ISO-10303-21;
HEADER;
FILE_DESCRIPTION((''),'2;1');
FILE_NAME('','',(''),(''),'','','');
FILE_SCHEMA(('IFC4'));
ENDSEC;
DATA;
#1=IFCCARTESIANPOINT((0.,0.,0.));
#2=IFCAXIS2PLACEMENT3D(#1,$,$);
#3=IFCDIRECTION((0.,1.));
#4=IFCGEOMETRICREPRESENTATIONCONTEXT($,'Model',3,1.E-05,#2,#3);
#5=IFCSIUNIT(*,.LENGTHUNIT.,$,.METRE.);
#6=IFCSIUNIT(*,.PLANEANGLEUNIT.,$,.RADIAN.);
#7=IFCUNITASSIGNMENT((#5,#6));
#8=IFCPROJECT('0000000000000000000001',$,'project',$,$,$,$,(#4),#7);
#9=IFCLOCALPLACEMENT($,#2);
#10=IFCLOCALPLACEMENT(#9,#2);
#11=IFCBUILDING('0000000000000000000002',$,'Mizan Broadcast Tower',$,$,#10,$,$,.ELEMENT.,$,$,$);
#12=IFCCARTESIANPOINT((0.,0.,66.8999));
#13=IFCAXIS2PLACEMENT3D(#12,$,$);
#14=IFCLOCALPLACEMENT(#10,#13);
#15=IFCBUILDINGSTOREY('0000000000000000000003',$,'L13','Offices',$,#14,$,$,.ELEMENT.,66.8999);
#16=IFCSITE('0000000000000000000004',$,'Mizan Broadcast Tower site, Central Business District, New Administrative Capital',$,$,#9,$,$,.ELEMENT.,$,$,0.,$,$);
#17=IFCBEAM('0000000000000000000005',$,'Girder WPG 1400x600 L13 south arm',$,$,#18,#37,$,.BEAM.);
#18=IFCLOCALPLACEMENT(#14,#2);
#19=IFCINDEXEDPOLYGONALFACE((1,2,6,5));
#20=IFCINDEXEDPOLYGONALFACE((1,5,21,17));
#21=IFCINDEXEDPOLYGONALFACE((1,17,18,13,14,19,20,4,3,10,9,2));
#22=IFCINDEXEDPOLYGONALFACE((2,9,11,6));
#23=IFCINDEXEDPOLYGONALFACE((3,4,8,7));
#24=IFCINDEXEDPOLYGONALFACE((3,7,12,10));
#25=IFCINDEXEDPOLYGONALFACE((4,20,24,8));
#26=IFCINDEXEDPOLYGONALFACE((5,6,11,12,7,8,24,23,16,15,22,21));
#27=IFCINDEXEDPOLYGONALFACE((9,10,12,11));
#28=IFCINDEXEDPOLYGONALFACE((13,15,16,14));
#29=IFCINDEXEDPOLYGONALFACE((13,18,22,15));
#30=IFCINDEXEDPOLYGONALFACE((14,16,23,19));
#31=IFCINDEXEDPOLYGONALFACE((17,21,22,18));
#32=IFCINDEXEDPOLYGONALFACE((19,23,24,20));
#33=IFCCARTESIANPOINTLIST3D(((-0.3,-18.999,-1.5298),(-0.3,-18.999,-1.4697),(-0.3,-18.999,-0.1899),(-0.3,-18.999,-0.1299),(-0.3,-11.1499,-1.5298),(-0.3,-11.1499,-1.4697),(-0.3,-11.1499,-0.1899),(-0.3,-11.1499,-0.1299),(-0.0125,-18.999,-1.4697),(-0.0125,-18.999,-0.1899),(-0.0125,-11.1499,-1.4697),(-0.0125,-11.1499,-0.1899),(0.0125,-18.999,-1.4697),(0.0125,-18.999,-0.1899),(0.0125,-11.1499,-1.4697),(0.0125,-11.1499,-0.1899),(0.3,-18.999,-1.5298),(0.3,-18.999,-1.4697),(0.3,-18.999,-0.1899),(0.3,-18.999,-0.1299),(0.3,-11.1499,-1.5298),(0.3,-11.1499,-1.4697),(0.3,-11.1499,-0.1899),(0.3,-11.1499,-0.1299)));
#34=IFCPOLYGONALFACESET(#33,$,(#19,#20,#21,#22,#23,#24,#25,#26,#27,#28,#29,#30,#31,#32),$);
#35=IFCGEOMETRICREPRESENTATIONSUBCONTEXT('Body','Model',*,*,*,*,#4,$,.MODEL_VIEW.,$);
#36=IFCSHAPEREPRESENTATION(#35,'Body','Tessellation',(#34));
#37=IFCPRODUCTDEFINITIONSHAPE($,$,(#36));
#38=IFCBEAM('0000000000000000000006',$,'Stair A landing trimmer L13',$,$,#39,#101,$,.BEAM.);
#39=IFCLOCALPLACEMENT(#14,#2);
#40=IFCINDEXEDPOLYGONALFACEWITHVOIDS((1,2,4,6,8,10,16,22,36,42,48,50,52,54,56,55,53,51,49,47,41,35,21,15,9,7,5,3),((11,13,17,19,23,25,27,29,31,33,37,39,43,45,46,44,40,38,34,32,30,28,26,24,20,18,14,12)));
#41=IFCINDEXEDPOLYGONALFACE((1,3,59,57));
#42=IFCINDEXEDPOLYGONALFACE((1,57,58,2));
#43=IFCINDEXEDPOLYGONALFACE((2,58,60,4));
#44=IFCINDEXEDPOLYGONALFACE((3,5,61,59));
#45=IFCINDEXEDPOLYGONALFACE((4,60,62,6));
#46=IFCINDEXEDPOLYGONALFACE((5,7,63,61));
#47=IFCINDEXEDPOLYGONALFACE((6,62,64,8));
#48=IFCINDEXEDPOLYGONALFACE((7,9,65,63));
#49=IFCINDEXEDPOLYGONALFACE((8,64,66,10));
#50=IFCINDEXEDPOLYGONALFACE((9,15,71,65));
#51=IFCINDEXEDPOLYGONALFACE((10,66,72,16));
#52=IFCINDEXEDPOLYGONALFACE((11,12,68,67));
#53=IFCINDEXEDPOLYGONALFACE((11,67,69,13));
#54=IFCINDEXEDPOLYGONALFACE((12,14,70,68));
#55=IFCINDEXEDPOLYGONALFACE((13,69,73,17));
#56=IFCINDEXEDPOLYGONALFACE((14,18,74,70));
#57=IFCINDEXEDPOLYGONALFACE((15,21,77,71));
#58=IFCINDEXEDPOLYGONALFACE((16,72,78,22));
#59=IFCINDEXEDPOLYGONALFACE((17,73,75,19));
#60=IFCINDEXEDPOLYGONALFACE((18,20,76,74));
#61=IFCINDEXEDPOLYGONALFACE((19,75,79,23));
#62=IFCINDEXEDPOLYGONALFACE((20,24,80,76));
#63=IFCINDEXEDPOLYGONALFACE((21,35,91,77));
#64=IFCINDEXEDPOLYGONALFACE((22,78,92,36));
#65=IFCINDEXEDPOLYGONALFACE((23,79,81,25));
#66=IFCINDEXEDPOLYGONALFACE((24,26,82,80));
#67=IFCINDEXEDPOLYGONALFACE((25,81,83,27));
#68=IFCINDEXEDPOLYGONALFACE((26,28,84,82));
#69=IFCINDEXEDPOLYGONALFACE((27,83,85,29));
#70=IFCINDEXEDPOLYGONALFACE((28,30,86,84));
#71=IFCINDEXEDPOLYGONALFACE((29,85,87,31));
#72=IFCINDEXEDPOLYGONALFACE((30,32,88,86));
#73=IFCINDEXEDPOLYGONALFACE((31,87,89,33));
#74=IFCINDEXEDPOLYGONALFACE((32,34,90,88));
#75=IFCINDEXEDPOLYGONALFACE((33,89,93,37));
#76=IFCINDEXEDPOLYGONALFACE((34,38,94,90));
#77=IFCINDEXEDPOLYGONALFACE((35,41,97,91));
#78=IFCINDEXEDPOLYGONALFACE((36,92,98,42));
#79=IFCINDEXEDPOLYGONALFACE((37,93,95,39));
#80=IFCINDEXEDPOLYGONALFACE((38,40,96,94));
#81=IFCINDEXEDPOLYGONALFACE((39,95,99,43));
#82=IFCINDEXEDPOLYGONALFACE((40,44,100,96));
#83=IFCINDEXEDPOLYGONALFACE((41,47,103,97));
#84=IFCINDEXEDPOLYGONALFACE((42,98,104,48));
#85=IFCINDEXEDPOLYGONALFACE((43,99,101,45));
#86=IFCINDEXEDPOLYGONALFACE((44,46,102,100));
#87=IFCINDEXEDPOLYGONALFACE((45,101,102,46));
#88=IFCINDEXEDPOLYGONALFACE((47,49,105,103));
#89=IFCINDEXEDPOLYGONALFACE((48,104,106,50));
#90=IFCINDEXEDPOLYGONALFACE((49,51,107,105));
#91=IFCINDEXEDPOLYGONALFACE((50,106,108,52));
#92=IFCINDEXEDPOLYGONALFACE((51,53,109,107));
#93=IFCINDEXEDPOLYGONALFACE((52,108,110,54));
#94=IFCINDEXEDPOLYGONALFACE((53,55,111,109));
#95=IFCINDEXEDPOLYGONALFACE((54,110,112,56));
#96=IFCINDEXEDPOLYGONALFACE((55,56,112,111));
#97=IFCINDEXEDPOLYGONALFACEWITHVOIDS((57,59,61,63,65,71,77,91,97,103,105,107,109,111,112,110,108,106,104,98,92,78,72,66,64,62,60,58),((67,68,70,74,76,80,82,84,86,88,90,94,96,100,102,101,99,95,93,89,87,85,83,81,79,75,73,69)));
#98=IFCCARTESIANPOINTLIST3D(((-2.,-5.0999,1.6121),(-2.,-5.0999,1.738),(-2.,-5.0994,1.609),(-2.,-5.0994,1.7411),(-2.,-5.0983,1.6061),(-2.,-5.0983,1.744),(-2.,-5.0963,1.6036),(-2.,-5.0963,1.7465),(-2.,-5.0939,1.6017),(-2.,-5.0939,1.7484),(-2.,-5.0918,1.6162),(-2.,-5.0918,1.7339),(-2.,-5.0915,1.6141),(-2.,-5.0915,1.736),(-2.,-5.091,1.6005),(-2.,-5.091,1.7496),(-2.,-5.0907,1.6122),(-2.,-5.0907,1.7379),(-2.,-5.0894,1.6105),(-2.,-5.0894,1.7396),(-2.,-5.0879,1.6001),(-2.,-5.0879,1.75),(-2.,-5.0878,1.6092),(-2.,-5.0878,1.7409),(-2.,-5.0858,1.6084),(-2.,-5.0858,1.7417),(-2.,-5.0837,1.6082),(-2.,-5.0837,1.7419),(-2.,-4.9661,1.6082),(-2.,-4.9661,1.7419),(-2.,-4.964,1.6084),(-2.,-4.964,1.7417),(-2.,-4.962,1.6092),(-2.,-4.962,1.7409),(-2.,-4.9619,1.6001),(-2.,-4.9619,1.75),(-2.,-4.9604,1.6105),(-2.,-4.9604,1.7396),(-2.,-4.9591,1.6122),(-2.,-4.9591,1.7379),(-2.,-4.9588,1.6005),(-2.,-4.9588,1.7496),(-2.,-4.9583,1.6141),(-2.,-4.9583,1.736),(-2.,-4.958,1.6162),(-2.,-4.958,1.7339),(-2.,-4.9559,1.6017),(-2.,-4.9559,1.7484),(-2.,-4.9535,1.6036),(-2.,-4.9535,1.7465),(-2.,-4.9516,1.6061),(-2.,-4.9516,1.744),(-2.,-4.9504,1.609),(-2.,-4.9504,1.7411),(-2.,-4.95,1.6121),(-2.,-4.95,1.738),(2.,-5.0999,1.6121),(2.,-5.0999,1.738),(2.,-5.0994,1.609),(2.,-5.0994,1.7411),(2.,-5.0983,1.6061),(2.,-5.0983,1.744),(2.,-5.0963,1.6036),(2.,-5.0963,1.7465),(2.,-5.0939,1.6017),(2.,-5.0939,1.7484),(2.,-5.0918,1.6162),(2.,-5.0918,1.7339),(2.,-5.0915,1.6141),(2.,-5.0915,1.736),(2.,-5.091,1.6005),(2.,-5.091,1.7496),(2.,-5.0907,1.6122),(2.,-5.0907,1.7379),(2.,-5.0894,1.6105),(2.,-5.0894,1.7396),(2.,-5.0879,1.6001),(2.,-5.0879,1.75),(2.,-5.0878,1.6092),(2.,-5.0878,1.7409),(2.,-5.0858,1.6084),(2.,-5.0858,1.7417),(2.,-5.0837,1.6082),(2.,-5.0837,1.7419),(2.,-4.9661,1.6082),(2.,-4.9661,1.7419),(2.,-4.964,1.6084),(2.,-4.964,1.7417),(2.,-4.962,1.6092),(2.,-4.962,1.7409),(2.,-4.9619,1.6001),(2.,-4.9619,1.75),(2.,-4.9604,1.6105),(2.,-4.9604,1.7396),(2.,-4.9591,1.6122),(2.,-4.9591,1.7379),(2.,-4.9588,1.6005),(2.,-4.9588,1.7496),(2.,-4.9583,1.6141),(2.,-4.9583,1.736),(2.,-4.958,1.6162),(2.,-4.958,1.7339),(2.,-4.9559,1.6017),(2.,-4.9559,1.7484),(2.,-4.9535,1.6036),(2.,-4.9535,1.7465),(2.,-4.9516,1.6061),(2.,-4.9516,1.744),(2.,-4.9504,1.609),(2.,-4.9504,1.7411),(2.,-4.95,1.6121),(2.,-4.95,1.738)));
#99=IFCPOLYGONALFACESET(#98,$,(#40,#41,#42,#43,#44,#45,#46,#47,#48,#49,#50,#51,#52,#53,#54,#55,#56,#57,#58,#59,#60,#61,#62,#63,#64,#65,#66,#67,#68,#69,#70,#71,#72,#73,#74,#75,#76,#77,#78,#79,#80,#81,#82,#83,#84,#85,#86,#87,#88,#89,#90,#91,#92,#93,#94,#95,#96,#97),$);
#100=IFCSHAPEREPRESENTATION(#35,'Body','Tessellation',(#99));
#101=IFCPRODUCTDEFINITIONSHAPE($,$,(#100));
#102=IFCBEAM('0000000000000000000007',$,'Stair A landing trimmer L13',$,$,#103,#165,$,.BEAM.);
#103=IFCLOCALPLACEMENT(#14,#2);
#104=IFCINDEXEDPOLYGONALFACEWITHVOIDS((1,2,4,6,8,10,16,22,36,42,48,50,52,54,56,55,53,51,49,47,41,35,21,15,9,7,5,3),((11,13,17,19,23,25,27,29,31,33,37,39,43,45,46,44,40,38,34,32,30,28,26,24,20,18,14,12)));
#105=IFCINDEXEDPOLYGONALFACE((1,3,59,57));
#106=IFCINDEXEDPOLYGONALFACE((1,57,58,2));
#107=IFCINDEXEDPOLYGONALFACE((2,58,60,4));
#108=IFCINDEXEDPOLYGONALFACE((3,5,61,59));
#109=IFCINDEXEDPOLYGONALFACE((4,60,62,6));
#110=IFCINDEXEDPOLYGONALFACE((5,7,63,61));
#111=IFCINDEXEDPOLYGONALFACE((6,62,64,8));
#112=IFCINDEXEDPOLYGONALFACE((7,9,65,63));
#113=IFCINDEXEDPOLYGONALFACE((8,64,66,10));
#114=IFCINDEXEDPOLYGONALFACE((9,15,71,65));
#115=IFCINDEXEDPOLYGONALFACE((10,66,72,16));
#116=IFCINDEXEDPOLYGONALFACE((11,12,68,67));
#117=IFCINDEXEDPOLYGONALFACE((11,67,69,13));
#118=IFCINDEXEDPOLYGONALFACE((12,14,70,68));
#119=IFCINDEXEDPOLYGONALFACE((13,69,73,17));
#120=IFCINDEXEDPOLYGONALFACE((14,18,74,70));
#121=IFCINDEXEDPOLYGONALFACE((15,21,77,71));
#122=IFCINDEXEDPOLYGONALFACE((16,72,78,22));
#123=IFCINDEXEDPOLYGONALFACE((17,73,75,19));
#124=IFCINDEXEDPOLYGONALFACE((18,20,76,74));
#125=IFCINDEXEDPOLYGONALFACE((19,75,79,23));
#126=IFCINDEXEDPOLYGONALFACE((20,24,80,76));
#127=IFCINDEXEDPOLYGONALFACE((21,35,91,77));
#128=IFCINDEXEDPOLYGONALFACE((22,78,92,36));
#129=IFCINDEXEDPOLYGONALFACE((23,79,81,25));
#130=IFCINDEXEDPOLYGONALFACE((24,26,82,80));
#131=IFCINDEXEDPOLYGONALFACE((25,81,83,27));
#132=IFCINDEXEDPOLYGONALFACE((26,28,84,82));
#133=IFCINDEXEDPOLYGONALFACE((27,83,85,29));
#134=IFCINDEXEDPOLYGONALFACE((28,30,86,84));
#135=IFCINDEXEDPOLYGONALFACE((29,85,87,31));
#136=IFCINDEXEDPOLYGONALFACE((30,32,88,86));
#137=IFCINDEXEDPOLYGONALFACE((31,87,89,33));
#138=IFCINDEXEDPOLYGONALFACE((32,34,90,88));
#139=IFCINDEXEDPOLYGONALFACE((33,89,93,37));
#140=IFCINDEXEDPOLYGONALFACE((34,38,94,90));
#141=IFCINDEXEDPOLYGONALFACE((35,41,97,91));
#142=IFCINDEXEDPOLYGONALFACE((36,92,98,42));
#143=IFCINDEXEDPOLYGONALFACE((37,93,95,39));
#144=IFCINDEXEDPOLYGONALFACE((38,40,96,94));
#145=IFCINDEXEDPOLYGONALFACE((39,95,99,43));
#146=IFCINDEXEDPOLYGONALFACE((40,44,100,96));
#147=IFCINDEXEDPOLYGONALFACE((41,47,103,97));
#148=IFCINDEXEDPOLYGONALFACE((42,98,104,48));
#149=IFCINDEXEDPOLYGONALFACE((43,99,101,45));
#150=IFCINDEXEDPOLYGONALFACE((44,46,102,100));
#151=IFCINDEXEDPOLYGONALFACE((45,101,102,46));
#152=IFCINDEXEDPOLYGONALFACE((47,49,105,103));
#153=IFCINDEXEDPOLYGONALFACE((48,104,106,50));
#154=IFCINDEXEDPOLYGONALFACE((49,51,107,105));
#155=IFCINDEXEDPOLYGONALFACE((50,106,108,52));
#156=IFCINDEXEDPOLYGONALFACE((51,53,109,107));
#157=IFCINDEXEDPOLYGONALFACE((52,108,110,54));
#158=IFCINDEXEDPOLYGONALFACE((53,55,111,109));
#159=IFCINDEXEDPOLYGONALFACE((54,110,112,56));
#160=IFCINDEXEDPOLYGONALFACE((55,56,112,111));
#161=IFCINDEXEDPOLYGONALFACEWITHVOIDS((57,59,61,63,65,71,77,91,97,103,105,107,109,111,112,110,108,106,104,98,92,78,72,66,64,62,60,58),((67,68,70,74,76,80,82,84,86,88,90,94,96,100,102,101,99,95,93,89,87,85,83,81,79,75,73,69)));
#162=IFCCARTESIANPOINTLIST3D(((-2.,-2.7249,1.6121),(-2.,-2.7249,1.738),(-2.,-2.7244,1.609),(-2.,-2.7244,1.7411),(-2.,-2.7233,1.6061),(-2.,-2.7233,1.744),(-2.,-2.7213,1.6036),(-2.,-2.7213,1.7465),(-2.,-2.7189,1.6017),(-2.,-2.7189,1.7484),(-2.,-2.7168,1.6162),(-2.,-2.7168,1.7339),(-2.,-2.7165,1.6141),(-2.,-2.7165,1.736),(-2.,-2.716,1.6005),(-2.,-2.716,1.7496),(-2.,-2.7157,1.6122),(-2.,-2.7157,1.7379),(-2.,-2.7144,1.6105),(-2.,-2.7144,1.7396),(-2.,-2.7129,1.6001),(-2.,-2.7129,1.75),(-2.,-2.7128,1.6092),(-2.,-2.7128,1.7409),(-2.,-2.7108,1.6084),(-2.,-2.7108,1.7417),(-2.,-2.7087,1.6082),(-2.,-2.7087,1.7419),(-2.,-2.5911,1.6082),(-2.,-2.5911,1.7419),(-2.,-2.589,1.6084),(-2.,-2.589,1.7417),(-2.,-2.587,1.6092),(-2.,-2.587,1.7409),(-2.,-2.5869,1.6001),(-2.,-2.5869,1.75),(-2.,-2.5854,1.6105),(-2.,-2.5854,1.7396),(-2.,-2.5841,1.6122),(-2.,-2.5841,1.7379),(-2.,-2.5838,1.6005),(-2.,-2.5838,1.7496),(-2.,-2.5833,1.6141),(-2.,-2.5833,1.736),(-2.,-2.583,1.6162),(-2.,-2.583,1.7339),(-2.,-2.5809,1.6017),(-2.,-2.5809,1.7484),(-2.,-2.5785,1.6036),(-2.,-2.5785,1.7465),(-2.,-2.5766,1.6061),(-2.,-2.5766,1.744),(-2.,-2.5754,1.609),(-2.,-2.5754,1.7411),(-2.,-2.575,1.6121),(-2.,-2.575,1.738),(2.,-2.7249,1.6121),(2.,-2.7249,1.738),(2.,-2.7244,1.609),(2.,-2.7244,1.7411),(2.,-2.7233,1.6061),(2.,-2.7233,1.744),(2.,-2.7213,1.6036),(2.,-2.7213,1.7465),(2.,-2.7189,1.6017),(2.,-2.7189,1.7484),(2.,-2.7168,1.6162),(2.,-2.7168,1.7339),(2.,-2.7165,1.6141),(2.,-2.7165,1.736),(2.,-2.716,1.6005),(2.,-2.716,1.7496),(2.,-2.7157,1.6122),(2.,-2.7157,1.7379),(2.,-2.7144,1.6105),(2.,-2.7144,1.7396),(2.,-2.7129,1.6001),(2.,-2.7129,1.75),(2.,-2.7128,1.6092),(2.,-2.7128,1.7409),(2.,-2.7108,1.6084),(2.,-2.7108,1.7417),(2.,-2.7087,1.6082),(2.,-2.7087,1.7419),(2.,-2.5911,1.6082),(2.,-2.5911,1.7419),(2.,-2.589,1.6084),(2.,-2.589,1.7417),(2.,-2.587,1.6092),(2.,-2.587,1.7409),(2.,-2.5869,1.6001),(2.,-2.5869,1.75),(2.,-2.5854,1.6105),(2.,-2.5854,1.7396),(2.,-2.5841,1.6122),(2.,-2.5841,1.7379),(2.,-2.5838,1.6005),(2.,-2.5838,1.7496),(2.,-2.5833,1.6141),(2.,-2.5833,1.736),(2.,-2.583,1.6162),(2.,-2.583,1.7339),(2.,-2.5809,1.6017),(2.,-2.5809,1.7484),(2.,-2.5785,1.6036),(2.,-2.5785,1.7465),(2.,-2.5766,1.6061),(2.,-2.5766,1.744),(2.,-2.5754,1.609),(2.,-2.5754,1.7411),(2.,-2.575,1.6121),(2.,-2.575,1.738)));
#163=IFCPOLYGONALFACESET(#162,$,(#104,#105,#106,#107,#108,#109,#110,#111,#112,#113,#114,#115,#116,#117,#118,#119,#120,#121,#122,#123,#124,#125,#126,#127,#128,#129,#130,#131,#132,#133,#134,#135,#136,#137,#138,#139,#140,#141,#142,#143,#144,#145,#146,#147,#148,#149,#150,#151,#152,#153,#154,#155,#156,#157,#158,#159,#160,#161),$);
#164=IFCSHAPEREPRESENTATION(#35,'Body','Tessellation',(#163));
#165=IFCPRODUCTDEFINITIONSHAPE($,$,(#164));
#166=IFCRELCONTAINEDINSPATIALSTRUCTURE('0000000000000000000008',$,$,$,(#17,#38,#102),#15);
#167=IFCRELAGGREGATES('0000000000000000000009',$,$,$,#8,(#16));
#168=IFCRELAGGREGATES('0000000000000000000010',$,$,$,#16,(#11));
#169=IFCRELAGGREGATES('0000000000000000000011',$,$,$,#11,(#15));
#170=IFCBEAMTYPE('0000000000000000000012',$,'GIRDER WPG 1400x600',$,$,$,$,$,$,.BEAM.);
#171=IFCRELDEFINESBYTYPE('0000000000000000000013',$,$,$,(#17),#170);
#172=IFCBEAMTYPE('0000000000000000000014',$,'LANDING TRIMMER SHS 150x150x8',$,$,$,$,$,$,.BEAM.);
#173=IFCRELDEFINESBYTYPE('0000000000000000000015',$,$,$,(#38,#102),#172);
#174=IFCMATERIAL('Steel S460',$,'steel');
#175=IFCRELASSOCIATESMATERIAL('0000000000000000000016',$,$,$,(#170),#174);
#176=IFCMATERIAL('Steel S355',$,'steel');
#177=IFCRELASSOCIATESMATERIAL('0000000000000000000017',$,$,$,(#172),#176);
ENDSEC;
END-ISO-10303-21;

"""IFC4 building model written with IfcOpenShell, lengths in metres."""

from ifc_helpers import new_model, si_unit, direction, frame, origin, origin_2d, place, context, subcontext, project, spatial, hollow_rectangle, i_section, extrude, material, material_profile, profile_set, type_object, element, save


model = new_model("IFC4")

# Units and contexts
model_context = context("Model", 3, precision=1e-05, world=origin(), true_north=direction((0.0, 1.0)))
body_context = subcontext(model_context, "Body", "Model", "MODEL_VIEW")
ifc_project = project(units=[si_unit("LENGTHUNIT", "METRE"), si_unit("PLANEANGLEUNIT", "RADIAN")], contexts=[model_context])

# Site, building, storey
site_placement = place(None, origin())
site = spatial("IfcSite", under=ifc_project, at=site_placement, Name="Mizan Broadcast Tower site, Central Business District, New Administrative Capital", CompositionType="ELEMENT", RefElevation=0.0)
building_placement = place(site_placement, origin())
building = spatial("IfcBuilding", under=site, at=building_placement, Name="Mizan Broadcast Tower", CompositionType="ELEMENT")
storey_placement = place(building_placement, frame((0.0, 0.0, 66.8999)))
storey = spatial("IfcBuildingStorey", under=building, at=storey_placement, Name="L13", Description="Offices", CompositionType="ELEMENT", Elevation=66.8999)

# Beams
ifc_material_1 = material(Name="Steel S460", Category="steel")
ifc_material_profile_1 = material_profile(ifc_material_1, i_section(OverallWidth=0.6001, OverallDepth=1.3999, WebThickness=0.0249, FlangeThickness=0.0601, at=origin_2d()), Name="WPG 1400x600")
ifc_profile_set_1 = profile_set([ifc_material_profile_1], Name="Steel S460")
beam_type_1 = type_object("IfcBeamType", Name="GIRDER WPG 1400x600", PredefinedType="BEAM", material=ifc_profile_set_1)
beam_1_placement = place(storey_placement, frame((0.0, -11.1499, -0.8298), z_axis=(0.0, -1.0, 0.0), x_axis=(1.0, 0.0, 0.0)))
element("IfcBeam", 1, at=beam_1_placement, inside=storey, type_object=beam_type_1, Name="Girder WPG 1400x600 L13 south arm", PredefinedType="BEAM", context=body_context, shape_type="SweptSolid", body=[
    extrude(i_section(OverallWidth=0.6001, OverallDepth=1.3999, WebThickness=0.0249, FlangeThickness=0.0601, at=origin_2d()), origin(), (0.0, 0.0, 1.0), 7.8491),
])
ifc_material_2 = material(Name="Steel S355", Category="steel")
ifc_material_profile_2 = material_profile(ifc_material_2, hollow_rectangle(XDim=0.1499, YDim=0.1499, WallThickness=0.0081, InnerFilletRadius=0.0081, OuterFilletRadius=0.012, at=origin_2d()), Name="SHS 150x150x8")
ifc_profile_set_2 = profile_set([ifc_material_profile_2], Name="Steel S355")
beam_type_2 = type_object("IfcBeamType", Name="LANDING TRIMMER SHS 150x150x8", PredefinedType="BEAM", material=ifc_profile_set_2)
for number, where, z_axis, x_axis, name in (
    (2, (-2.0, -5.0249, 1.675), (1.0, 0.0, 0.0), (0.0, 1.0, 0.0), "Stair A landing trimmer L13"),
    (3, (-2.0, -2.6499, 1.675), (1.0, 0.0, 0.0), (0.0, 1.0, 0.0), "Stair A landing trimmer L13"),
):
    element("IfcBeam", number, at=place(storey_placement, frame(where, z_axis=z_axis, x_axis=x_axis)), inside=storey, type_object=beam_type_2, Name=name, PredefinedType="BEAM", context=body_context, shape_type="SweptSolid", body=[
        extrude(hollow_rectangle(XDim=0.1499, YDim=0.1499, WallThickness=0.0081, InnerFilletRadius=0.0081, OuterFilletRadius=0.012, at=origin_2d()), origin(), (0.0, 0.0, 1.0), 4.0),
    ])

save(model, "model.ifc")
